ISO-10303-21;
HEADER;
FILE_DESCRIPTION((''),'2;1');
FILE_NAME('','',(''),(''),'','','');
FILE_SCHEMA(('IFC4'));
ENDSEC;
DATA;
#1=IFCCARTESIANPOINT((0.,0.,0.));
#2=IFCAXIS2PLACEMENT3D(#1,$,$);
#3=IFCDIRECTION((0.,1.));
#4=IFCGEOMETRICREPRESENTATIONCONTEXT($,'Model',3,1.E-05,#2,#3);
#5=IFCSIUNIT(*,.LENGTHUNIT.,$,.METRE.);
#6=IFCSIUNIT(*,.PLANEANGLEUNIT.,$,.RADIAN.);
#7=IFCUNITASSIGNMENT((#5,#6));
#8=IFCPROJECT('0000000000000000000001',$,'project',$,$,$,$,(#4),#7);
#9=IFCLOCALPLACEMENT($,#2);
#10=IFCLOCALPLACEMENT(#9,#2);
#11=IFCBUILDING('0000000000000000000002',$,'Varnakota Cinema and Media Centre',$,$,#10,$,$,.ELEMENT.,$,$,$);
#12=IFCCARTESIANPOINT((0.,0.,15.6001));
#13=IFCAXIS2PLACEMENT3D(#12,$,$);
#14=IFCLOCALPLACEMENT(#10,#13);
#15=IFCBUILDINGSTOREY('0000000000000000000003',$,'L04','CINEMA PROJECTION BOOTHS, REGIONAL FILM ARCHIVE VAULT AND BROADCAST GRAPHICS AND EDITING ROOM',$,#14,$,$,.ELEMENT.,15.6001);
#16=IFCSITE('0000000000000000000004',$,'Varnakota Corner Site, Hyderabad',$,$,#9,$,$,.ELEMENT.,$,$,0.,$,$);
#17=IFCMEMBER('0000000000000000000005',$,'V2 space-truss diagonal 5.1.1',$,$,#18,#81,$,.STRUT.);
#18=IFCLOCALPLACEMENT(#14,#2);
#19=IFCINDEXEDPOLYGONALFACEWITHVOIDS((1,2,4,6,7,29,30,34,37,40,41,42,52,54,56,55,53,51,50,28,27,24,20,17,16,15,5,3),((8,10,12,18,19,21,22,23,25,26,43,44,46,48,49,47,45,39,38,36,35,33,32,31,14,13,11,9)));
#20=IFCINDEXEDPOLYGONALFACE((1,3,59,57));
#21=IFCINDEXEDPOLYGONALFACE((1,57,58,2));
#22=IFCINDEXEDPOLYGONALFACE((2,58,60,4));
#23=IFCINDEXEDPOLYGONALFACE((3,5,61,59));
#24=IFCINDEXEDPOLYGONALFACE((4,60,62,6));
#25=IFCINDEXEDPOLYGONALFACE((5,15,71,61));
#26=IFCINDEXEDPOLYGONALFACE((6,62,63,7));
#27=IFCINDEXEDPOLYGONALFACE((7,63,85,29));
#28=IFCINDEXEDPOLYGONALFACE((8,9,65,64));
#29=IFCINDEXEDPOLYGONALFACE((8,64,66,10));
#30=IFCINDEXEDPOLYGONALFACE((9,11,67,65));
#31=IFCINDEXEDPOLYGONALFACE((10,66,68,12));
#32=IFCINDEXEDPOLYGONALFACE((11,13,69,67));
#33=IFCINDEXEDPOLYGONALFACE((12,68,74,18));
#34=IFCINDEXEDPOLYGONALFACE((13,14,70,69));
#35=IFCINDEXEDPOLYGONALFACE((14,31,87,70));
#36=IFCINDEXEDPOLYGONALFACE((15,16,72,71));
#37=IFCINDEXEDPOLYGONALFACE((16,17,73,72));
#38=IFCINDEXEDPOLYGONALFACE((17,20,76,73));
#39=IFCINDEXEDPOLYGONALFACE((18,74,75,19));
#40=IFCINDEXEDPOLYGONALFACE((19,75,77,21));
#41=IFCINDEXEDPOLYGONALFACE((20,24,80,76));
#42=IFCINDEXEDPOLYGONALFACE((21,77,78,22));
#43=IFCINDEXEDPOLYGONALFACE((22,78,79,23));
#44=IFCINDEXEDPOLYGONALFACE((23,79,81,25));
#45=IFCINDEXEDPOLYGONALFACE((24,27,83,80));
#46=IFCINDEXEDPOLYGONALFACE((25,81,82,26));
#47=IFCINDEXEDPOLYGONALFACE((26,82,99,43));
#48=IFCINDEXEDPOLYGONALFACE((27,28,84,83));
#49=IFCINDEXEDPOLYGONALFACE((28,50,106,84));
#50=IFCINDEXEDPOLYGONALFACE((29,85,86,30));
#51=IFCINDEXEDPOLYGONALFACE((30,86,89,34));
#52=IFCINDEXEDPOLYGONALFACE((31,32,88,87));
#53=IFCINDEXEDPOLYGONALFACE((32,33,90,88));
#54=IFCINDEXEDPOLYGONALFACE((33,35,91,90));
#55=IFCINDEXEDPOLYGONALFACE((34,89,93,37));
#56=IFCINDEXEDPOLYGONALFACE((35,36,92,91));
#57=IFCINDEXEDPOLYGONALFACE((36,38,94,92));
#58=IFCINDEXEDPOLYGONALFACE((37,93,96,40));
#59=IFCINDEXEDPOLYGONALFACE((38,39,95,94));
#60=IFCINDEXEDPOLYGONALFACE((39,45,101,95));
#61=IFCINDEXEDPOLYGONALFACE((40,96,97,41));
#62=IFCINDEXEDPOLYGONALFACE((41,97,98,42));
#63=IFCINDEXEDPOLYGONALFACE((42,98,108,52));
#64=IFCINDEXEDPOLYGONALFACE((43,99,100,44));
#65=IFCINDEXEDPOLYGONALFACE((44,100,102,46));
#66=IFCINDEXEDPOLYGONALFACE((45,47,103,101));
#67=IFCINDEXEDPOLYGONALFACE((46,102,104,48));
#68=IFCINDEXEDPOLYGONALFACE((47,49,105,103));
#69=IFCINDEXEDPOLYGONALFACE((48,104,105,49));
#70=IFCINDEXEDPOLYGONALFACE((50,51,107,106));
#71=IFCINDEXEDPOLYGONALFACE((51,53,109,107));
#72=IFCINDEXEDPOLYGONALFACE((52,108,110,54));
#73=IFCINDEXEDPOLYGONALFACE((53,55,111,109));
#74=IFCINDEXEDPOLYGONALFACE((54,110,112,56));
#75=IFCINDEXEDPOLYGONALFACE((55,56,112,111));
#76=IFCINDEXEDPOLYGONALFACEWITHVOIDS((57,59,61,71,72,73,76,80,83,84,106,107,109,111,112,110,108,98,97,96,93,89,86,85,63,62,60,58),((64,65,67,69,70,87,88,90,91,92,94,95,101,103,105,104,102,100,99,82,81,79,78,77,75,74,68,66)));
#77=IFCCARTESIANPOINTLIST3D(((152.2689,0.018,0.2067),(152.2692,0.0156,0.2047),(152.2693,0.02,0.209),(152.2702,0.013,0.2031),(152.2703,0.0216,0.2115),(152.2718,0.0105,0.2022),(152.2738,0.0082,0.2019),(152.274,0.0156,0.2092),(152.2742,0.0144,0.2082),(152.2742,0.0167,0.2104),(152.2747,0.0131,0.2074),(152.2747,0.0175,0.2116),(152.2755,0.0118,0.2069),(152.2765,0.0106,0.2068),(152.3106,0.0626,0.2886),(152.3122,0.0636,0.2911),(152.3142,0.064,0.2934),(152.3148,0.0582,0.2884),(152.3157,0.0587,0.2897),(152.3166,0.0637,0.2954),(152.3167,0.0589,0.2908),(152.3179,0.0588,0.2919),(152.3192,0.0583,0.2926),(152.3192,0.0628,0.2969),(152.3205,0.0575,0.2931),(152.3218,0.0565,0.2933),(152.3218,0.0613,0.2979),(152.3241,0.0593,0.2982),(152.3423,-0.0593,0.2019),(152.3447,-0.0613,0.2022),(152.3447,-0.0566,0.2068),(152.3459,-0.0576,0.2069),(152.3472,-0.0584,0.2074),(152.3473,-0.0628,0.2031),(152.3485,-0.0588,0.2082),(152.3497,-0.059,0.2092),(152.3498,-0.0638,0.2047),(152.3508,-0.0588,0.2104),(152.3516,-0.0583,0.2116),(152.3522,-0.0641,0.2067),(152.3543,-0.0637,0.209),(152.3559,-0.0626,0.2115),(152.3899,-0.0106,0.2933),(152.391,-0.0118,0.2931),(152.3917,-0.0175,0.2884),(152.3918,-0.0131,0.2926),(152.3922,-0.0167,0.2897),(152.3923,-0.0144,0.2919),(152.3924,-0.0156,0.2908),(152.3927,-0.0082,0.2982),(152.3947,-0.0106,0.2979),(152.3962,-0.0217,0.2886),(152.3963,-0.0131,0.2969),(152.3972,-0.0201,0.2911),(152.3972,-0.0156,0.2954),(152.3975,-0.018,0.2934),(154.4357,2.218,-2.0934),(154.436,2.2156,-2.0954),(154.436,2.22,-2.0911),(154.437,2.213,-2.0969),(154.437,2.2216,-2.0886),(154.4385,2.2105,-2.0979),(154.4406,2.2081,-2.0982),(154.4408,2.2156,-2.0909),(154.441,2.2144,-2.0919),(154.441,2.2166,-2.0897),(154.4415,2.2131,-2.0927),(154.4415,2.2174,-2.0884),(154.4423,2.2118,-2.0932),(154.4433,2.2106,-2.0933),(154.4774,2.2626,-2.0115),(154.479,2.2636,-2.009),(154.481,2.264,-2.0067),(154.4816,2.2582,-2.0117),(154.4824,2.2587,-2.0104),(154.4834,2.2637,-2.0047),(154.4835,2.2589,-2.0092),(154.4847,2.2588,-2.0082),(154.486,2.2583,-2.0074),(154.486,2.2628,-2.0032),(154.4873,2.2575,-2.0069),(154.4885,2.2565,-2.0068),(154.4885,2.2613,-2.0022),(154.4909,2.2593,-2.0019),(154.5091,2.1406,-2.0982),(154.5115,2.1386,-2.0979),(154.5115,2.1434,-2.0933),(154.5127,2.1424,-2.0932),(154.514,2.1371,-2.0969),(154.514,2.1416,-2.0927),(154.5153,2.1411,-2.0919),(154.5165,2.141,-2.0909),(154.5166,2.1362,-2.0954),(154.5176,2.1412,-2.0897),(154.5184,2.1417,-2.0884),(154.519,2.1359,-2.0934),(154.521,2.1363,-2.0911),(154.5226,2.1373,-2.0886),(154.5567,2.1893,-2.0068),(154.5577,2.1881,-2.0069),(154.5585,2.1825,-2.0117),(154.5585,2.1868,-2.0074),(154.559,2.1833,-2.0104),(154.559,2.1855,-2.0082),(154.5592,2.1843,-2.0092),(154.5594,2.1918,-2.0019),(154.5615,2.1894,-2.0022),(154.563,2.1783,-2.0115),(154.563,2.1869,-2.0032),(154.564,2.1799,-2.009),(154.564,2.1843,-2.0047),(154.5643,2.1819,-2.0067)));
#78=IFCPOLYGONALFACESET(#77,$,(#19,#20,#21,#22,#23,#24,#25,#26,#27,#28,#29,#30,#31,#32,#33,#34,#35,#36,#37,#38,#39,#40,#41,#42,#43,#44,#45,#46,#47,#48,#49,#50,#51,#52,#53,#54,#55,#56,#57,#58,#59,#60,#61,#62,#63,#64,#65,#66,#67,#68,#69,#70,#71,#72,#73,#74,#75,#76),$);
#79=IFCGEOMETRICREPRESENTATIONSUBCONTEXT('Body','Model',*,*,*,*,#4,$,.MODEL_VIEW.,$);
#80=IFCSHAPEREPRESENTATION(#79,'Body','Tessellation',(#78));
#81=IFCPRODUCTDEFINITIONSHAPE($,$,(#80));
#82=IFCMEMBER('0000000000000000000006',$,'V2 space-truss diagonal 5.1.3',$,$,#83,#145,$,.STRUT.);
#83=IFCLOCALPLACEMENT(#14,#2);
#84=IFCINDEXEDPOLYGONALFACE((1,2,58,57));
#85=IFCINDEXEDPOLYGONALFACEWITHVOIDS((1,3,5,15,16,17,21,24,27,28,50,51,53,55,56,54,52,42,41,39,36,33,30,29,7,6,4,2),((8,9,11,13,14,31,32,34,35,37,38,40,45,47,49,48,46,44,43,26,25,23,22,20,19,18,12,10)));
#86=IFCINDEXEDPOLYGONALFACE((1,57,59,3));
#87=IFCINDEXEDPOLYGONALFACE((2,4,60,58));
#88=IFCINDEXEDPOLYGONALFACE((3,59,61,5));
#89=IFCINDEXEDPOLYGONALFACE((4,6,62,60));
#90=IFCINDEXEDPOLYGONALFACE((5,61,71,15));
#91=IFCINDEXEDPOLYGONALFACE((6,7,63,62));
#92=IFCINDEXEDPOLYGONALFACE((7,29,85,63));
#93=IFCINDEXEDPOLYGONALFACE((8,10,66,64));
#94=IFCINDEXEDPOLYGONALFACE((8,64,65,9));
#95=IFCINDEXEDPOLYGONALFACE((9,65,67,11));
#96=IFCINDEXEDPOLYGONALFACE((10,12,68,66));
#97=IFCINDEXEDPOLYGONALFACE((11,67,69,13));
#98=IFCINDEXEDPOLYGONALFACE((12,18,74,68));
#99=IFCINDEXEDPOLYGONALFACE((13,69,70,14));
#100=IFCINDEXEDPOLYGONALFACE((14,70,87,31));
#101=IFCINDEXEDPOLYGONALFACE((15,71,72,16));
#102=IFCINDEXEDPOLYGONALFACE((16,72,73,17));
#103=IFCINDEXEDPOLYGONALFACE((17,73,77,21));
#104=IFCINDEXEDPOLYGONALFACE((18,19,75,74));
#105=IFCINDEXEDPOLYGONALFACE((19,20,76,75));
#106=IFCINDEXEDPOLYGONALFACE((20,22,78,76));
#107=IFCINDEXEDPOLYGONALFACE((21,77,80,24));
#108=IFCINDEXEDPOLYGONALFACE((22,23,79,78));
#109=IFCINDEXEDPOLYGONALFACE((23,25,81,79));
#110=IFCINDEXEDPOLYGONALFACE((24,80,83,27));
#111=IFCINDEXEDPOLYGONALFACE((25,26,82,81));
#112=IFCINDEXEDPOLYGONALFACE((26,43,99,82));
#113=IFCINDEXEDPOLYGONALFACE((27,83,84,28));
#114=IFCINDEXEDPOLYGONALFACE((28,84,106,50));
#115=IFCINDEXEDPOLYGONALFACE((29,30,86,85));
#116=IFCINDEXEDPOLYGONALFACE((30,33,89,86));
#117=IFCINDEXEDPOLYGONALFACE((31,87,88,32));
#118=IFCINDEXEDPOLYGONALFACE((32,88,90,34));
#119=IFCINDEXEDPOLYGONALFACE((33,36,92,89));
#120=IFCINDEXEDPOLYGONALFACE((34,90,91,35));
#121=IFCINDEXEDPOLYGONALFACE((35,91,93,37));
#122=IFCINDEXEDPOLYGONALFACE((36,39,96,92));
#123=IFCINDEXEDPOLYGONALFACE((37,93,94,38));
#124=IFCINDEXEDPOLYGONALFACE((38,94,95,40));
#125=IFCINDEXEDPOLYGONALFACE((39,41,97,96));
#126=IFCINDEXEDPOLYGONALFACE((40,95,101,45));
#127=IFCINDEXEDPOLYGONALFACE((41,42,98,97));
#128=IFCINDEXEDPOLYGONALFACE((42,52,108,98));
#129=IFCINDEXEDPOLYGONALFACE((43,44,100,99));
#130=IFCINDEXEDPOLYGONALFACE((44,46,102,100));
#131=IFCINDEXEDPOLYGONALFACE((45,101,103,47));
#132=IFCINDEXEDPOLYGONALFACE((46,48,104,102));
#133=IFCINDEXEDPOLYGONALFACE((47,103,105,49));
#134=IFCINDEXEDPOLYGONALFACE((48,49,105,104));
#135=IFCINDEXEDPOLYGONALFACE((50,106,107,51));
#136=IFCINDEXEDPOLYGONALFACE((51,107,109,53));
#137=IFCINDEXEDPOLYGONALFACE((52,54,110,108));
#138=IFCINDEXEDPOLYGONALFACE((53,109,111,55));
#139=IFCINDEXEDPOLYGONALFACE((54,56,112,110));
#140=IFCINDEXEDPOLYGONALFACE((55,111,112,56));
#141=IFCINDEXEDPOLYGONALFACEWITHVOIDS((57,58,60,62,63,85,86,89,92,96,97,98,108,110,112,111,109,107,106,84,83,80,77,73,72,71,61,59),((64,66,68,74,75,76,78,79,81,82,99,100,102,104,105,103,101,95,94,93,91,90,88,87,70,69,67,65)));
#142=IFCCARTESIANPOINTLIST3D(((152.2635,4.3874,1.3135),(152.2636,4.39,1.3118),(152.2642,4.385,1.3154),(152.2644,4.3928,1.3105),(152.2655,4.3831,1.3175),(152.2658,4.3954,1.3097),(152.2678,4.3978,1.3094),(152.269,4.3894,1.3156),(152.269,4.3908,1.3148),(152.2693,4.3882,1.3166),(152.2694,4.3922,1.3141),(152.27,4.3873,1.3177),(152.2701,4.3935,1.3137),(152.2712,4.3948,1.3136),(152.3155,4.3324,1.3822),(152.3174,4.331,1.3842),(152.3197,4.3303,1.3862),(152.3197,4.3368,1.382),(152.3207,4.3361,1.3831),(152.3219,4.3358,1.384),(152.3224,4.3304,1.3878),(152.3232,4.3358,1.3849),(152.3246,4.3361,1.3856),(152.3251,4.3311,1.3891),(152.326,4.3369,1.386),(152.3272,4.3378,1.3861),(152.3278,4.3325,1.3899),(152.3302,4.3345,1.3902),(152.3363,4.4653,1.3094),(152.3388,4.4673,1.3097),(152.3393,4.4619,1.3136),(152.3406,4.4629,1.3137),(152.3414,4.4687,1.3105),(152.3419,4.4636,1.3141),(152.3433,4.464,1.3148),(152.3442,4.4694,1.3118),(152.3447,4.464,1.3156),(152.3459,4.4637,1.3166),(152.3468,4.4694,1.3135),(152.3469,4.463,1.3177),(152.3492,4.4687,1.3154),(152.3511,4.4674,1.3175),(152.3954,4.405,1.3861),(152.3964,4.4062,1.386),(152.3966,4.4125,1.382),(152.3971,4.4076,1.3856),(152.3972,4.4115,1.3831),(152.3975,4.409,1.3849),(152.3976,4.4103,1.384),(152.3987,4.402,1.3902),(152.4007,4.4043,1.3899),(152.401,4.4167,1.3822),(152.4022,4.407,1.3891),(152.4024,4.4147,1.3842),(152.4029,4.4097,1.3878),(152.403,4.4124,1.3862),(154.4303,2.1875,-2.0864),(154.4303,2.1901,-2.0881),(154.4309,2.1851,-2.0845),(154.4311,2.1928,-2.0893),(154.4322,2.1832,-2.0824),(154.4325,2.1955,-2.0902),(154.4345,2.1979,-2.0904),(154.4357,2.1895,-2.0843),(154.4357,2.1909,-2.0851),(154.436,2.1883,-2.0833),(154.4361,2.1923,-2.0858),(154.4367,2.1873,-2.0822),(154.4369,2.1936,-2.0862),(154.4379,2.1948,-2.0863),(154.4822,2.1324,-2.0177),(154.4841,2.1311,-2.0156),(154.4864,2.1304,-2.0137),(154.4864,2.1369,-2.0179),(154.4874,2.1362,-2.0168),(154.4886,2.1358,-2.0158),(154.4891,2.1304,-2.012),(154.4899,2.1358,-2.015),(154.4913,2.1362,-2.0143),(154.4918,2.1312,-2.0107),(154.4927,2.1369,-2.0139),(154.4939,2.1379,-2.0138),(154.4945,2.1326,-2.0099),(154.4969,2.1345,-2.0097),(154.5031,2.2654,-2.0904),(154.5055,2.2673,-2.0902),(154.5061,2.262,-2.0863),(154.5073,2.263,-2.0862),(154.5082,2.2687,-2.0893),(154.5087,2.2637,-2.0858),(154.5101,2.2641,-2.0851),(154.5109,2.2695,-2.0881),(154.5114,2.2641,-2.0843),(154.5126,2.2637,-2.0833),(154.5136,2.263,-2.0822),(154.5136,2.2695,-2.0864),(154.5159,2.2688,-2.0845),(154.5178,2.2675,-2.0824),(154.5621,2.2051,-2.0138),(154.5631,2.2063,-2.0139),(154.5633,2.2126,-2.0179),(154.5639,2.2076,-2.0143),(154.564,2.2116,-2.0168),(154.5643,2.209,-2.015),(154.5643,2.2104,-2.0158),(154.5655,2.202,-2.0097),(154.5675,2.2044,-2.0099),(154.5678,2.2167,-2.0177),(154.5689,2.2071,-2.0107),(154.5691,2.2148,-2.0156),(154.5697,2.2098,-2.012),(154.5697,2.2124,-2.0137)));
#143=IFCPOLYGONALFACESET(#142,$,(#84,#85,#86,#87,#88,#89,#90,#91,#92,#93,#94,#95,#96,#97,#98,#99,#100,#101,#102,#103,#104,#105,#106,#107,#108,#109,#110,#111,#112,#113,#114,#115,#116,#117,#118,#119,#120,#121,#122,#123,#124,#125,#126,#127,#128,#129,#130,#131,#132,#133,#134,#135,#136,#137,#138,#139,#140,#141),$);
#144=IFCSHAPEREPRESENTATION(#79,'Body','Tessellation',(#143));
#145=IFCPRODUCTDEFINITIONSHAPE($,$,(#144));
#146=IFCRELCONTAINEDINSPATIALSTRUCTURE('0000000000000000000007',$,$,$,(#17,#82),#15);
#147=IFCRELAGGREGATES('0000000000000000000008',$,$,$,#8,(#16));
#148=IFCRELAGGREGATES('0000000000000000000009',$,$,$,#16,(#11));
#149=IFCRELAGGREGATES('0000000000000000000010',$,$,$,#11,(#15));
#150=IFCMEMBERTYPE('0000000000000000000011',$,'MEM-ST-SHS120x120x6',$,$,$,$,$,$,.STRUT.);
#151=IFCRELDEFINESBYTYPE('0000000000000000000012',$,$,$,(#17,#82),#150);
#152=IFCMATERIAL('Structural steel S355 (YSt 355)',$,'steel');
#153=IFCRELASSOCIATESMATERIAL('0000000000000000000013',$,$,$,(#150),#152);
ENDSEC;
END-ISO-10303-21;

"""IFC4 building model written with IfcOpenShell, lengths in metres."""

from ifc_helpers import new_model, si_unit, direction, frame, origin, origin_2d, place, context, subcontext, project, spatial, hollow_rectangle, extrude, material, material_profile, profile_set, type_object, element, save


model = new_model("IFC4")

# Units and contexts
model_context = context("Model", 3, precision=1e-05, world=origin(), true_north=direction((0.0, 1.0)))
body_context = subcontext(model_context, "Body", "Model", "MODEL_VIEW")
ifc_project = project(units=[si_unit("LENGTHUNIT", "METRE"), si_unit("PLANEANGLEUNIT", "RADIAN")], contexts=[model_context])

# Site, building, storey
site_placement = place(None, origin())
site = spatial("IfcSite", under=ifc_project, at=site_placement, Name="Varnakota Corner Site, Hyderabad", CompositionType="ELEMENT", RefElevation=0.0)
building_placement = place(site_placement, origin())
building = spatial("IfcBuilding", under=site, at=building_placement, Name="Varnakota Cinema and Media Centre", CompositionType="ELEMENT")
storey_placement = place(building_placement, frame((0.0, 0.0, 15.6001)))
storey = spatial("IfcBuildingStorey", under=building, at=storey_placement, Name="L04", Description="CINEMA PROJECTION BOOTHS, REGIONAL FILM ARCHIVE VAULT AND BROADCAST GRAPHICS AND EDITING ROOM", CompositionType="ELEMENT", Elevation=15.6001)

# Members
ifc_material_1 = material(Name="Structural steel S355 (YSt 355)", Category="steel")
ifc_material_profile_1 = material_profile(ifc_material_1, hollow_rectangle(XDim=0.1201, YDim=0.1201, WallThickness=0.0061, InnerFilletRadius=0.0061, OuterFilletRadius=0.012, at=origin_2d()), Name="SHS 120x120x6")
ifc_profile_set_1 = profile_set([ifc_material_profile_1], Name="Structural steel S355 (YSt 355)")
member_type_1 = type_object("IfcMemberType", Name="MEM-ST-SHS120x120x6", PredefinedType="STRUT", material=ifc_profile_set_1)
member_1_placement = place(storey_placement, frame((154.5, 2.2, -2.05), z_axis=(-0.562748, -0.571371, 0.597369), x_axis=(0.712463, -0.70171, 0.0)))
element("IfcMember", 1, at=member_1_placement, inside=storey, type_object=member_type_1, Name="V2 space-truss diagonal 5.1.1", PredefinedType="STRUT", context=body_context, shape_type="SweptSolid", body=[
    extrude(hollow_rectangle(XDim=0.1201, YDim=0.1201, WallThickness=0.0061, InnerFilletRadius=0.0061, OuterFilletRadius=0.012, at=origin_2d()), origin(), (0.0, 0.0, 1.0), 3.8503),
])
member_2_placement = place(storey_placement, frame((154.5, 2.2, -2.05), z_axis=(-0.471769, 0.478999, 0.740266), x_axis=(-0.712463, -0.70171, 0.0)))
element("IfcMember", 2, at=member_2_placement, inside=storey, type_object=member_type_1, Name="V2 space-truss diagonal 5.1.3", PredefinedType="STRUT", context=body_context, shape_type="SweptSolid", body=[
    extrude(hollow_rectangle(XDim=0.1201, YDim=0.1201, WallThickness=0.0061, InnerFilletRadius=0.0061, OuterFilletRadius=0.012, at=origin_2d()), origin(), (0.0, 0.0, 1.0), 4.5928),
])

save(model, "model.ifc")
